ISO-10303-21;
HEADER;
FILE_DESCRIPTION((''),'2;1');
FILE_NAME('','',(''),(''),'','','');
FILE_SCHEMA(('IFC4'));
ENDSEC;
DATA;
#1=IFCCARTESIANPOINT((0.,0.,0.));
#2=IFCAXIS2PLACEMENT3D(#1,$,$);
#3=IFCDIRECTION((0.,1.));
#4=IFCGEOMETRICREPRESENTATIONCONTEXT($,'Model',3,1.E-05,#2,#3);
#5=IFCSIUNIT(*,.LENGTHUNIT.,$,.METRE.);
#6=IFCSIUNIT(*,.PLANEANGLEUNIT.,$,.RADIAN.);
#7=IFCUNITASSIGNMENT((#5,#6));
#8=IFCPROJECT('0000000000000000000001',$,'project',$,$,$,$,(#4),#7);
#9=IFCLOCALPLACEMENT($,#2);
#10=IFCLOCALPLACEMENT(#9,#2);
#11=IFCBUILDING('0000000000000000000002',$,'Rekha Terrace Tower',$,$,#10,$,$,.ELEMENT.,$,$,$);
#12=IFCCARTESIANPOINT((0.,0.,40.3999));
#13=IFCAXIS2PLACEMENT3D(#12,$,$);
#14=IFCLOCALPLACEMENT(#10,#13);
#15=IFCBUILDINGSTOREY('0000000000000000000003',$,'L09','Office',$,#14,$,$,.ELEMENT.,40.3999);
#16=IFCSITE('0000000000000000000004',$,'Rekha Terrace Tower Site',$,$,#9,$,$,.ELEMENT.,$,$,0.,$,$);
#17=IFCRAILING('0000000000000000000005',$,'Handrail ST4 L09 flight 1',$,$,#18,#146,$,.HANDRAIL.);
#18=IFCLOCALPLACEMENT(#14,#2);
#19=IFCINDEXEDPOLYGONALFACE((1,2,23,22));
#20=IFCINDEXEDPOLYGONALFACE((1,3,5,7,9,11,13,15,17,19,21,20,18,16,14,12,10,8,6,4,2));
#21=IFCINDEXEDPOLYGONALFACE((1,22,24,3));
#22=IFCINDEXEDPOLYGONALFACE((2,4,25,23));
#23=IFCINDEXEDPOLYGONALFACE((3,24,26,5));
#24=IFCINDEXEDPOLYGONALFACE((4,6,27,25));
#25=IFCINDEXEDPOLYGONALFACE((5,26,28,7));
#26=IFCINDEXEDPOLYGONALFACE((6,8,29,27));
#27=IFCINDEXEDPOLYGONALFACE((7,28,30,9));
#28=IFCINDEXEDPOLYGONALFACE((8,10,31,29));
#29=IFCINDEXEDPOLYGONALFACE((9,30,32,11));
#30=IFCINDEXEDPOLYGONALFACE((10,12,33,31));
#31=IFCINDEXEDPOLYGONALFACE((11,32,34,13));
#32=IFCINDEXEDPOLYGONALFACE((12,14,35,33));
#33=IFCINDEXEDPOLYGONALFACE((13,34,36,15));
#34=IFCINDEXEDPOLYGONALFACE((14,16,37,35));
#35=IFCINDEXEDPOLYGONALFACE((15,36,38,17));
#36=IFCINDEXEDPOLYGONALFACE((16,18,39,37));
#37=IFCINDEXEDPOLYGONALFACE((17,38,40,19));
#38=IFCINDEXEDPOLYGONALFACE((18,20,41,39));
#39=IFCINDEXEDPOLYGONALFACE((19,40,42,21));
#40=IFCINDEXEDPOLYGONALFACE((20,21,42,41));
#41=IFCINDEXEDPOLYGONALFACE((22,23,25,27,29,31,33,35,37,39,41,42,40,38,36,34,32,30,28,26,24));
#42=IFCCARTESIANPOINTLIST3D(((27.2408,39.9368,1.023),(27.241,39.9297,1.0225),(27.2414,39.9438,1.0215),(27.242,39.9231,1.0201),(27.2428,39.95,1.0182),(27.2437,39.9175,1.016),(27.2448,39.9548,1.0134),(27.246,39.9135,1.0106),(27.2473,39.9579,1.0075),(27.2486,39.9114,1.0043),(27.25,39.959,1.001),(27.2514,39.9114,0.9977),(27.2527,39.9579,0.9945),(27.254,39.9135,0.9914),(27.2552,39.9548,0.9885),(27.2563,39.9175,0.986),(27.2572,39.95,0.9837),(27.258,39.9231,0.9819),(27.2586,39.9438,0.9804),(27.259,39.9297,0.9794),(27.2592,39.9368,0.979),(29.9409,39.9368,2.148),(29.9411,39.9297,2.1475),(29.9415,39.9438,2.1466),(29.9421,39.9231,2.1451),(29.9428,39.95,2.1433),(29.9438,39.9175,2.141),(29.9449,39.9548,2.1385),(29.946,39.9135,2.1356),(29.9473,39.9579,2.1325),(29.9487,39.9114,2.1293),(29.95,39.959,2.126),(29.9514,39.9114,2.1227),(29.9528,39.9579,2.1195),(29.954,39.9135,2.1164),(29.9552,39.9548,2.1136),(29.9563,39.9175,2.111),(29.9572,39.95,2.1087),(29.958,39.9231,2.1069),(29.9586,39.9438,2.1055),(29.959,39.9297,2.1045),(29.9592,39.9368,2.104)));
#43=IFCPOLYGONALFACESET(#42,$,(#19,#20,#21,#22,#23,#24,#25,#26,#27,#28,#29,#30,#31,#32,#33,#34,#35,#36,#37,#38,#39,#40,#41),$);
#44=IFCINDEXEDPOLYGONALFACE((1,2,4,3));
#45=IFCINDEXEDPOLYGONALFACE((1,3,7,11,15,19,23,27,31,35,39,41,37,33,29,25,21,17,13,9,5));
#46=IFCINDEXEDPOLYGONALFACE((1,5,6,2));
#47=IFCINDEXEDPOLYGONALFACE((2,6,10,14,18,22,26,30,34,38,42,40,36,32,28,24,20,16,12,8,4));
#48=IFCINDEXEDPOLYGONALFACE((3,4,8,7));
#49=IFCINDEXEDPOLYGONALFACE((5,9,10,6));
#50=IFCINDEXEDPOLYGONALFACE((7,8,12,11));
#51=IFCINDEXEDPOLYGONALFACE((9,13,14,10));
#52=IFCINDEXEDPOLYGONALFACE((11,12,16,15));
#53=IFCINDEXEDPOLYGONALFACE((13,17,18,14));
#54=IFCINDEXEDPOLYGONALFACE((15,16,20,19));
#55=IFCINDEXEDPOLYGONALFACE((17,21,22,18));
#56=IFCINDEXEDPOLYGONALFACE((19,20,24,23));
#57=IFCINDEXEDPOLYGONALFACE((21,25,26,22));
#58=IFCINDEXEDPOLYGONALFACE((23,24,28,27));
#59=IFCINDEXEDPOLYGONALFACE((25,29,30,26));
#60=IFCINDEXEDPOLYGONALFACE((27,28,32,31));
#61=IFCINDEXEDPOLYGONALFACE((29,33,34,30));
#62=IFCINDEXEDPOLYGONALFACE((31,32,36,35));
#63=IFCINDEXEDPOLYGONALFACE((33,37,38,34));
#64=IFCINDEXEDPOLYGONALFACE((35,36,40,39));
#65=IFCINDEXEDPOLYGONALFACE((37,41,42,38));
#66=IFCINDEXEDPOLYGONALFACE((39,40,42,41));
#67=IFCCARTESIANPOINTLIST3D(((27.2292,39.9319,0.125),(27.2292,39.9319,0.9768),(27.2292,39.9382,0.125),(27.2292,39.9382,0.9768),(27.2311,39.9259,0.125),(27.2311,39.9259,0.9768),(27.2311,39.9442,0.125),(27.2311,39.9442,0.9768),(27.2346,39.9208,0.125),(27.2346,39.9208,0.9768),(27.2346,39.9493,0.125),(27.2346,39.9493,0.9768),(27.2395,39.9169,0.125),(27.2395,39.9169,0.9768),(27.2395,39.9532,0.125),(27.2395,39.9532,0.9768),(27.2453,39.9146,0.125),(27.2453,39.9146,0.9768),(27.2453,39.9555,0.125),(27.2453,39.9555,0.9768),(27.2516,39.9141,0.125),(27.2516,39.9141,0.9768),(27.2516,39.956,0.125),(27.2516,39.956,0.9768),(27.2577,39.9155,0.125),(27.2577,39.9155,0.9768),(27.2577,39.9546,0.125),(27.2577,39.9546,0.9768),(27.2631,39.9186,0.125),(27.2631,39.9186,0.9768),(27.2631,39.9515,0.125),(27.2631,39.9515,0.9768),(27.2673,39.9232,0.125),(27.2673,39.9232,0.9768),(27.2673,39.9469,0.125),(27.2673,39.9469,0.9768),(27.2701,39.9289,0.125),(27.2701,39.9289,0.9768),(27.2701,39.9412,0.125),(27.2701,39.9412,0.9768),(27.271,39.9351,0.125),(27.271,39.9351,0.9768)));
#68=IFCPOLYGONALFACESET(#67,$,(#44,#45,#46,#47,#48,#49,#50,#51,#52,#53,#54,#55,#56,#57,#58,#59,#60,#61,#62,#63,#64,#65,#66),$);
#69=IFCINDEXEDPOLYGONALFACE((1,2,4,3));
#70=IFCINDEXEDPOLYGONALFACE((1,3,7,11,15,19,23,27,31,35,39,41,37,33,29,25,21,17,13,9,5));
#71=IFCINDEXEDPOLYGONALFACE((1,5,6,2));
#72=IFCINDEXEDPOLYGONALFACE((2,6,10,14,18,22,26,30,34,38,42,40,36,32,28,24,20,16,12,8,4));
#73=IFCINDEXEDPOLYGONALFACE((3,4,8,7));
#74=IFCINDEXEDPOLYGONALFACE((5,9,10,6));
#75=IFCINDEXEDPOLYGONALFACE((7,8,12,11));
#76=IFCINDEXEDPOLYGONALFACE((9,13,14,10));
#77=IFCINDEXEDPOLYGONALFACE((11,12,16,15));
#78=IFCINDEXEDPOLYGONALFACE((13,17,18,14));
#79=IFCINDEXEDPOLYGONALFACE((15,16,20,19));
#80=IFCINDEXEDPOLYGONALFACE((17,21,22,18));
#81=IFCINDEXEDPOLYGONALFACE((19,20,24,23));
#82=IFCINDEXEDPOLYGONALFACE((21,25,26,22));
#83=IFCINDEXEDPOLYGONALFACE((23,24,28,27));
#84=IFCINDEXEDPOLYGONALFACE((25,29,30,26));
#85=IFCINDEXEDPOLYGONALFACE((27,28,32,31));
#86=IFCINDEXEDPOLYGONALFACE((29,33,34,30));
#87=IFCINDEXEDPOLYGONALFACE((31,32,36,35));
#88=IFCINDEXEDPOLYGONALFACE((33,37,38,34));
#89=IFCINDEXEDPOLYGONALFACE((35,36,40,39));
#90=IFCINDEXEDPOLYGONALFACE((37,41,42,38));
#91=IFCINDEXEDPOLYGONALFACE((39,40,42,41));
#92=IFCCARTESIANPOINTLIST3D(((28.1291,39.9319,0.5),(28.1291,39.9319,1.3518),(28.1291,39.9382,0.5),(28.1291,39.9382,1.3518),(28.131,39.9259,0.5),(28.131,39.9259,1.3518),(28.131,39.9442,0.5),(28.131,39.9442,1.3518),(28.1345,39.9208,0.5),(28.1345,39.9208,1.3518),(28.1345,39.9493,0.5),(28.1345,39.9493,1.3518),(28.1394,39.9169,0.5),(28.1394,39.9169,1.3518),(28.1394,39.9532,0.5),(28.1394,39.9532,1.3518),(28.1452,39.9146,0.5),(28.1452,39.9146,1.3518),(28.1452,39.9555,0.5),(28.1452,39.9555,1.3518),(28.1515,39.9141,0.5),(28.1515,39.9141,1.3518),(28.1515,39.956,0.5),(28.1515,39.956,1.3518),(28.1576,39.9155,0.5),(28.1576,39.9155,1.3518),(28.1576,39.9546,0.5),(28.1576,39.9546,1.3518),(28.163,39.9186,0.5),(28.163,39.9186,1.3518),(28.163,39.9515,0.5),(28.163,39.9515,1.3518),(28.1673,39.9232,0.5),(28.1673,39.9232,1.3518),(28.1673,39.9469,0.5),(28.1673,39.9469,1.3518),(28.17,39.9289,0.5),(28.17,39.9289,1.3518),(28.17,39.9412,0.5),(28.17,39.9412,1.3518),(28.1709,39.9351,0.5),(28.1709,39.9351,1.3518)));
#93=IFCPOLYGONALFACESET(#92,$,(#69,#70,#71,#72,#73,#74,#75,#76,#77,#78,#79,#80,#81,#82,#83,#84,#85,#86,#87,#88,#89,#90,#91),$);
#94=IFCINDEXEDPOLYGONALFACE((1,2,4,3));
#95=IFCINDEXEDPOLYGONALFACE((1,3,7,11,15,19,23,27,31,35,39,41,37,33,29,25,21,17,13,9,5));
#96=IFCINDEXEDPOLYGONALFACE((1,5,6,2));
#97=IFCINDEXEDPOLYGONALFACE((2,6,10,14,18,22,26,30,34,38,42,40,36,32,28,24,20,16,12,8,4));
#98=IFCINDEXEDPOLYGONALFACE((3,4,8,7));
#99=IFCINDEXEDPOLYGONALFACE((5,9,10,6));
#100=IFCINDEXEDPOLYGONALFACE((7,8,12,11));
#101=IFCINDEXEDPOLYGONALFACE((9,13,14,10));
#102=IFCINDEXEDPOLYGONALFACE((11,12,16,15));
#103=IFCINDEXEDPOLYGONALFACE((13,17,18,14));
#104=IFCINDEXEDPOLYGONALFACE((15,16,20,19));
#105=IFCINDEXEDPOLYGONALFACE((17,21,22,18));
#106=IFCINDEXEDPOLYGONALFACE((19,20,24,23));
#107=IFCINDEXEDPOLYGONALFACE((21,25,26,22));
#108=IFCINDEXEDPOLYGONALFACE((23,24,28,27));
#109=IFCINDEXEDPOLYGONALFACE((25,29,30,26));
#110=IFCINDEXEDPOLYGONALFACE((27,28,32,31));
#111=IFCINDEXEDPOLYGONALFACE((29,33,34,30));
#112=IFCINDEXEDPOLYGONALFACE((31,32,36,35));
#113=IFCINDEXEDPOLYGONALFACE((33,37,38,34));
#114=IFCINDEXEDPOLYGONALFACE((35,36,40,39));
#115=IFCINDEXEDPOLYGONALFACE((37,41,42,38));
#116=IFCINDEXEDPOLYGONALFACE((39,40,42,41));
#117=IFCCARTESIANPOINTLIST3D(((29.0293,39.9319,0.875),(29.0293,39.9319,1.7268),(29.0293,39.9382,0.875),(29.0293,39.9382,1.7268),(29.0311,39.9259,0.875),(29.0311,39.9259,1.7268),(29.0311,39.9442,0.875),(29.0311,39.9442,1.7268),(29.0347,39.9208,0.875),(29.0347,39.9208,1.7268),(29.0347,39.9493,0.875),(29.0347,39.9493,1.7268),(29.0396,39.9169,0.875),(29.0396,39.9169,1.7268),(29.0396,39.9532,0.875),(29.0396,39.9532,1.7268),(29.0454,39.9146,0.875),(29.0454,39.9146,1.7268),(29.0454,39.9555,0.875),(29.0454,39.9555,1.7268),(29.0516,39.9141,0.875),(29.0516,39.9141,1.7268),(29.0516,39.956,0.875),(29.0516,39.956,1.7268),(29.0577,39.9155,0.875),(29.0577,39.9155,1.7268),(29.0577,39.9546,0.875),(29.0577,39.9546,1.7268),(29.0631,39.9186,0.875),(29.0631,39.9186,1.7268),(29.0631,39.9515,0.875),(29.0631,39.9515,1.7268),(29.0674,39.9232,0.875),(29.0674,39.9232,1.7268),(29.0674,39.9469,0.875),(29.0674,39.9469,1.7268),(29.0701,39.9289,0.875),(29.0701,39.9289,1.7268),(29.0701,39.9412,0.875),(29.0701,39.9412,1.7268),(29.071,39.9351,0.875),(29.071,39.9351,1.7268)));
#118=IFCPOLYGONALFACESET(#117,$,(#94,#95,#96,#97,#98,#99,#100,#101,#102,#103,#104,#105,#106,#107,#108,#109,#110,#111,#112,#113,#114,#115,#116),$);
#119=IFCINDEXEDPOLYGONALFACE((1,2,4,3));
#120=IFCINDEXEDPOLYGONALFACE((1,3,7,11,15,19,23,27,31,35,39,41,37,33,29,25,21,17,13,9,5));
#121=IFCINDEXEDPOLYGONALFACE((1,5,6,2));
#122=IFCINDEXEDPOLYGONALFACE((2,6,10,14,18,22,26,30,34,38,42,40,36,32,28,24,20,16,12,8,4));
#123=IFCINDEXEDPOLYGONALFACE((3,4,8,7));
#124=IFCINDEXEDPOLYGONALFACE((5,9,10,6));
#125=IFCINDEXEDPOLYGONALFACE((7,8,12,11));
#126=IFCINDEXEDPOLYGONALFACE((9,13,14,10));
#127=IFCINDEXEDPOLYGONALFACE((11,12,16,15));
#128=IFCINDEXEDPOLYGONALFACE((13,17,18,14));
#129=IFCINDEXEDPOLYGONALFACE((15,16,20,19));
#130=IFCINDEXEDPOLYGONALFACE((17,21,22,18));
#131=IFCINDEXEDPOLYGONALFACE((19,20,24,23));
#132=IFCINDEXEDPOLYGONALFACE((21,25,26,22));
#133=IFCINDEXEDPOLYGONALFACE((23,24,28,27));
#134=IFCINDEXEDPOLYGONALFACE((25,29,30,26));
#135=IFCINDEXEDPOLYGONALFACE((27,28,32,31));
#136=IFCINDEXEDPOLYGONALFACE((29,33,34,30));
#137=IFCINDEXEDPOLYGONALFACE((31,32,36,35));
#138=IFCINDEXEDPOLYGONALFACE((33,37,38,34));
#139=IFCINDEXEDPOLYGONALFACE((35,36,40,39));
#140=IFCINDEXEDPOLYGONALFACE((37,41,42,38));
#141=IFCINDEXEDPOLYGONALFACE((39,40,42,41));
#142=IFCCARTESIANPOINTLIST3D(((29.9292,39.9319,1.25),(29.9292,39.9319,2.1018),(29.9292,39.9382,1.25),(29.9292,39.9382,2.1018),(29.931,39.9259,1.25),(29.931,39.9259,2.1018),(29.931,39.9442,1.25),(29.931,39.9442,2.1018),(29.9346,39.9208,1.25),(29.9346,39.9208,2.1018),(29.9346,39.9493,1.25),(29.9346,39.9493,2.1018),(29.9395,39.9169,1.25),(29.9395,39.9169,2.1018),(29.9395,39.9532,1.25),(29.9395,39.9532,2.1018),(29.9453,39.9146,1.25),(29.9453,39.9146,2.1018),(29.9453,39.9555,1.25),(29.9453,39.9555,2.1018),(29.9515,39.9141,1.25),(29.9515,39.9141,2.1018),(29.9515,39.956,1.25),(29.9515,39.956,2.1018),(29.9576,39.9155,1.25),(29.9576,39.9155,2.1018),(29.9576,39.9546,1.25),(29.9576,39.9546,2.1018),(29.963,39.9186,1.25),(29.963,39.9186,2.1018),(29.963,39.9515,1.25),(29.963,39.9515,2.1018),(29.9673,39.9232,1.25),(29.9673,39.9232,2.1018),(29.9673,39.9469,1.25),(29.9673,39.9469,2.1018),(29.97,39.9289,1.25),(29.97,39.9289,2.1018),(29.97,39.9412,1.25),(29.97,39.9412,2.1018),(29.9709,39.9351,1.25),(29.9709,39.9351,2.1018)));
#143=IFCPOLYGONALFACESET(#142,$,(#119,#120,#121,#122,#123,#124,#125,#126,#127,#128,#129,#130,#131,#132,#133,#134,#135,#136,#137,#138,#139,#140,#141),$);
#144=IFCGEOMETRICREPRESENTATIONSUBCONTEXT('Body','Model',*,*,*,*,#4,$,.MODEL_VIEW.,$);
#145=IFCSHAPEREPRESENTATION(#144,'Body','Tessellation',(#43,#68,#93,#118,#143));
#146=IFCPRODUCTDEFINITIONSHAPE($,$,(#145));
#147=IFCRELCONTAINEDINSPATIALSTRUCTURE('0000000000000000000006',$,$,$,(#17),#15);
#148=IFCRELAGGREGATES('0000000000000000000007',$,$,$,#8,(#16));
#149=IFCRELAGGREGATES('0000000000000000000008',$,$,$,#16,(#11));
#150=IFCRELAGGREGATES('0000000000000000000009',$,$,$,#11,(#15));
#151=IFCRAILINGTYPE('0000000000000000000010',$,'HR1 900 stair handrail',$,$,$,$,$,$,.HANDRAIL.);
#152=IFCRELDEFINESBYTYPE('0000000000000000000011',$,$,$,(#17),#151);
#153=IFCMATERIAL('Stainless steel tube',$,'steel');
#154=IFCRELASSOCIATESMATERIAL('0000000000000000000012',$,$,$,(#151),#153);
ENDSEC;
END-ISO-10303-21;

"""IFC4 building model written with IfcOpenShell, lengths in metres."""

from ifc_helpers import new_model, si_unit, direction, frame, origin, origin_2d, place, context, subcontext, project, spatial, circle, extrude, material, type_object, element, save


model = new_model("IFC4")

# Units and contexts
model_context = context("Model", 3, precision=1e-05, world=origin(), true_north=direction((0.0, 1.0)))
body_context = subcontext(model_context, "Body", "Model", "MODEL_VIEW")
ifc_project = project(units=[si_unit("LENGTHUNIT", "METRE"), si_unit("PLANEANGLEUNIT", "RADIAN")], contexts=[model_context])

# Site, building, storey
site_placement = place(None, origin())
site = spatial("IfcSite", under=ifc_project, at=site_placement, Name="Rekha Terrace Tower Site", CompositionType="ELEMENT", RefElevation=0.0)
building_placement = place(site_placement, origin())
building = spatial("IfcBuilding", under=site, at=building_placement, Name="Rekha Terrace Tower", CompositionType="ELEMENT")
storey_placement = place(building_placement, frame((0.0, 0.0, 40.3999)))
storey = spatial("IfcBuildingStorey", under=building, at=storey_placement, Name="L09", Description="Office", CompositionType="ELEMENT", Elevation=40.3999)

# Railing
ifc_material_1 = material(Name="Stainless steel tube", Category="steel")
railing_type_1 = type_object("IfcRailingType", Name="HR1 900 stair handrail", PredefinedType="HANDRAIL", material=ifc_material_1)
railing_1_placement = place(storey_placement, frame((27.25, 39.9351, 0.125)))
element("IfcRailing", 1, at=railing_1_placement, inside=storey, type_object=railing_type_1, Name="Handrail ST4 L09 flight 1", PredefinedType="HANDRAIL", context=body_context, shape_type="SweptSolid", body=[
    extrude(circle(Radius=0.0239, at=origin_2d()), frame((0.0, 0.0, 0.876), z_axis=(0.923074, 0.0, 0.384621), x_axis=(0.0, 1.0, 0.0)), (0.0, 0.0, 1.0), 2.925),
    extrude(circle(Radius=0.021, at=origin_2d()), origin(), (0.0, 0.0, 1.0), 0.8518),
    extrude(circle(Radius=0.021, at=origin_2d()), frame((0.8999, 0.0, 0.375)), (0.0, 0.0, 1.0), 0.8518),
    extrude(circle(Radius=0.021, at=origin_2d()), frame((1.8, 0.0, 0.75)), (0.0, 0.0, 1.0), 0.8518),
    extrude(circle(Radius=0.021, at=origin_2d()), frame((2.7, 0.0, 1.125)), (0.0, 0.0, 1.0), 0.8518),
])

save(model, "model.ifc")
